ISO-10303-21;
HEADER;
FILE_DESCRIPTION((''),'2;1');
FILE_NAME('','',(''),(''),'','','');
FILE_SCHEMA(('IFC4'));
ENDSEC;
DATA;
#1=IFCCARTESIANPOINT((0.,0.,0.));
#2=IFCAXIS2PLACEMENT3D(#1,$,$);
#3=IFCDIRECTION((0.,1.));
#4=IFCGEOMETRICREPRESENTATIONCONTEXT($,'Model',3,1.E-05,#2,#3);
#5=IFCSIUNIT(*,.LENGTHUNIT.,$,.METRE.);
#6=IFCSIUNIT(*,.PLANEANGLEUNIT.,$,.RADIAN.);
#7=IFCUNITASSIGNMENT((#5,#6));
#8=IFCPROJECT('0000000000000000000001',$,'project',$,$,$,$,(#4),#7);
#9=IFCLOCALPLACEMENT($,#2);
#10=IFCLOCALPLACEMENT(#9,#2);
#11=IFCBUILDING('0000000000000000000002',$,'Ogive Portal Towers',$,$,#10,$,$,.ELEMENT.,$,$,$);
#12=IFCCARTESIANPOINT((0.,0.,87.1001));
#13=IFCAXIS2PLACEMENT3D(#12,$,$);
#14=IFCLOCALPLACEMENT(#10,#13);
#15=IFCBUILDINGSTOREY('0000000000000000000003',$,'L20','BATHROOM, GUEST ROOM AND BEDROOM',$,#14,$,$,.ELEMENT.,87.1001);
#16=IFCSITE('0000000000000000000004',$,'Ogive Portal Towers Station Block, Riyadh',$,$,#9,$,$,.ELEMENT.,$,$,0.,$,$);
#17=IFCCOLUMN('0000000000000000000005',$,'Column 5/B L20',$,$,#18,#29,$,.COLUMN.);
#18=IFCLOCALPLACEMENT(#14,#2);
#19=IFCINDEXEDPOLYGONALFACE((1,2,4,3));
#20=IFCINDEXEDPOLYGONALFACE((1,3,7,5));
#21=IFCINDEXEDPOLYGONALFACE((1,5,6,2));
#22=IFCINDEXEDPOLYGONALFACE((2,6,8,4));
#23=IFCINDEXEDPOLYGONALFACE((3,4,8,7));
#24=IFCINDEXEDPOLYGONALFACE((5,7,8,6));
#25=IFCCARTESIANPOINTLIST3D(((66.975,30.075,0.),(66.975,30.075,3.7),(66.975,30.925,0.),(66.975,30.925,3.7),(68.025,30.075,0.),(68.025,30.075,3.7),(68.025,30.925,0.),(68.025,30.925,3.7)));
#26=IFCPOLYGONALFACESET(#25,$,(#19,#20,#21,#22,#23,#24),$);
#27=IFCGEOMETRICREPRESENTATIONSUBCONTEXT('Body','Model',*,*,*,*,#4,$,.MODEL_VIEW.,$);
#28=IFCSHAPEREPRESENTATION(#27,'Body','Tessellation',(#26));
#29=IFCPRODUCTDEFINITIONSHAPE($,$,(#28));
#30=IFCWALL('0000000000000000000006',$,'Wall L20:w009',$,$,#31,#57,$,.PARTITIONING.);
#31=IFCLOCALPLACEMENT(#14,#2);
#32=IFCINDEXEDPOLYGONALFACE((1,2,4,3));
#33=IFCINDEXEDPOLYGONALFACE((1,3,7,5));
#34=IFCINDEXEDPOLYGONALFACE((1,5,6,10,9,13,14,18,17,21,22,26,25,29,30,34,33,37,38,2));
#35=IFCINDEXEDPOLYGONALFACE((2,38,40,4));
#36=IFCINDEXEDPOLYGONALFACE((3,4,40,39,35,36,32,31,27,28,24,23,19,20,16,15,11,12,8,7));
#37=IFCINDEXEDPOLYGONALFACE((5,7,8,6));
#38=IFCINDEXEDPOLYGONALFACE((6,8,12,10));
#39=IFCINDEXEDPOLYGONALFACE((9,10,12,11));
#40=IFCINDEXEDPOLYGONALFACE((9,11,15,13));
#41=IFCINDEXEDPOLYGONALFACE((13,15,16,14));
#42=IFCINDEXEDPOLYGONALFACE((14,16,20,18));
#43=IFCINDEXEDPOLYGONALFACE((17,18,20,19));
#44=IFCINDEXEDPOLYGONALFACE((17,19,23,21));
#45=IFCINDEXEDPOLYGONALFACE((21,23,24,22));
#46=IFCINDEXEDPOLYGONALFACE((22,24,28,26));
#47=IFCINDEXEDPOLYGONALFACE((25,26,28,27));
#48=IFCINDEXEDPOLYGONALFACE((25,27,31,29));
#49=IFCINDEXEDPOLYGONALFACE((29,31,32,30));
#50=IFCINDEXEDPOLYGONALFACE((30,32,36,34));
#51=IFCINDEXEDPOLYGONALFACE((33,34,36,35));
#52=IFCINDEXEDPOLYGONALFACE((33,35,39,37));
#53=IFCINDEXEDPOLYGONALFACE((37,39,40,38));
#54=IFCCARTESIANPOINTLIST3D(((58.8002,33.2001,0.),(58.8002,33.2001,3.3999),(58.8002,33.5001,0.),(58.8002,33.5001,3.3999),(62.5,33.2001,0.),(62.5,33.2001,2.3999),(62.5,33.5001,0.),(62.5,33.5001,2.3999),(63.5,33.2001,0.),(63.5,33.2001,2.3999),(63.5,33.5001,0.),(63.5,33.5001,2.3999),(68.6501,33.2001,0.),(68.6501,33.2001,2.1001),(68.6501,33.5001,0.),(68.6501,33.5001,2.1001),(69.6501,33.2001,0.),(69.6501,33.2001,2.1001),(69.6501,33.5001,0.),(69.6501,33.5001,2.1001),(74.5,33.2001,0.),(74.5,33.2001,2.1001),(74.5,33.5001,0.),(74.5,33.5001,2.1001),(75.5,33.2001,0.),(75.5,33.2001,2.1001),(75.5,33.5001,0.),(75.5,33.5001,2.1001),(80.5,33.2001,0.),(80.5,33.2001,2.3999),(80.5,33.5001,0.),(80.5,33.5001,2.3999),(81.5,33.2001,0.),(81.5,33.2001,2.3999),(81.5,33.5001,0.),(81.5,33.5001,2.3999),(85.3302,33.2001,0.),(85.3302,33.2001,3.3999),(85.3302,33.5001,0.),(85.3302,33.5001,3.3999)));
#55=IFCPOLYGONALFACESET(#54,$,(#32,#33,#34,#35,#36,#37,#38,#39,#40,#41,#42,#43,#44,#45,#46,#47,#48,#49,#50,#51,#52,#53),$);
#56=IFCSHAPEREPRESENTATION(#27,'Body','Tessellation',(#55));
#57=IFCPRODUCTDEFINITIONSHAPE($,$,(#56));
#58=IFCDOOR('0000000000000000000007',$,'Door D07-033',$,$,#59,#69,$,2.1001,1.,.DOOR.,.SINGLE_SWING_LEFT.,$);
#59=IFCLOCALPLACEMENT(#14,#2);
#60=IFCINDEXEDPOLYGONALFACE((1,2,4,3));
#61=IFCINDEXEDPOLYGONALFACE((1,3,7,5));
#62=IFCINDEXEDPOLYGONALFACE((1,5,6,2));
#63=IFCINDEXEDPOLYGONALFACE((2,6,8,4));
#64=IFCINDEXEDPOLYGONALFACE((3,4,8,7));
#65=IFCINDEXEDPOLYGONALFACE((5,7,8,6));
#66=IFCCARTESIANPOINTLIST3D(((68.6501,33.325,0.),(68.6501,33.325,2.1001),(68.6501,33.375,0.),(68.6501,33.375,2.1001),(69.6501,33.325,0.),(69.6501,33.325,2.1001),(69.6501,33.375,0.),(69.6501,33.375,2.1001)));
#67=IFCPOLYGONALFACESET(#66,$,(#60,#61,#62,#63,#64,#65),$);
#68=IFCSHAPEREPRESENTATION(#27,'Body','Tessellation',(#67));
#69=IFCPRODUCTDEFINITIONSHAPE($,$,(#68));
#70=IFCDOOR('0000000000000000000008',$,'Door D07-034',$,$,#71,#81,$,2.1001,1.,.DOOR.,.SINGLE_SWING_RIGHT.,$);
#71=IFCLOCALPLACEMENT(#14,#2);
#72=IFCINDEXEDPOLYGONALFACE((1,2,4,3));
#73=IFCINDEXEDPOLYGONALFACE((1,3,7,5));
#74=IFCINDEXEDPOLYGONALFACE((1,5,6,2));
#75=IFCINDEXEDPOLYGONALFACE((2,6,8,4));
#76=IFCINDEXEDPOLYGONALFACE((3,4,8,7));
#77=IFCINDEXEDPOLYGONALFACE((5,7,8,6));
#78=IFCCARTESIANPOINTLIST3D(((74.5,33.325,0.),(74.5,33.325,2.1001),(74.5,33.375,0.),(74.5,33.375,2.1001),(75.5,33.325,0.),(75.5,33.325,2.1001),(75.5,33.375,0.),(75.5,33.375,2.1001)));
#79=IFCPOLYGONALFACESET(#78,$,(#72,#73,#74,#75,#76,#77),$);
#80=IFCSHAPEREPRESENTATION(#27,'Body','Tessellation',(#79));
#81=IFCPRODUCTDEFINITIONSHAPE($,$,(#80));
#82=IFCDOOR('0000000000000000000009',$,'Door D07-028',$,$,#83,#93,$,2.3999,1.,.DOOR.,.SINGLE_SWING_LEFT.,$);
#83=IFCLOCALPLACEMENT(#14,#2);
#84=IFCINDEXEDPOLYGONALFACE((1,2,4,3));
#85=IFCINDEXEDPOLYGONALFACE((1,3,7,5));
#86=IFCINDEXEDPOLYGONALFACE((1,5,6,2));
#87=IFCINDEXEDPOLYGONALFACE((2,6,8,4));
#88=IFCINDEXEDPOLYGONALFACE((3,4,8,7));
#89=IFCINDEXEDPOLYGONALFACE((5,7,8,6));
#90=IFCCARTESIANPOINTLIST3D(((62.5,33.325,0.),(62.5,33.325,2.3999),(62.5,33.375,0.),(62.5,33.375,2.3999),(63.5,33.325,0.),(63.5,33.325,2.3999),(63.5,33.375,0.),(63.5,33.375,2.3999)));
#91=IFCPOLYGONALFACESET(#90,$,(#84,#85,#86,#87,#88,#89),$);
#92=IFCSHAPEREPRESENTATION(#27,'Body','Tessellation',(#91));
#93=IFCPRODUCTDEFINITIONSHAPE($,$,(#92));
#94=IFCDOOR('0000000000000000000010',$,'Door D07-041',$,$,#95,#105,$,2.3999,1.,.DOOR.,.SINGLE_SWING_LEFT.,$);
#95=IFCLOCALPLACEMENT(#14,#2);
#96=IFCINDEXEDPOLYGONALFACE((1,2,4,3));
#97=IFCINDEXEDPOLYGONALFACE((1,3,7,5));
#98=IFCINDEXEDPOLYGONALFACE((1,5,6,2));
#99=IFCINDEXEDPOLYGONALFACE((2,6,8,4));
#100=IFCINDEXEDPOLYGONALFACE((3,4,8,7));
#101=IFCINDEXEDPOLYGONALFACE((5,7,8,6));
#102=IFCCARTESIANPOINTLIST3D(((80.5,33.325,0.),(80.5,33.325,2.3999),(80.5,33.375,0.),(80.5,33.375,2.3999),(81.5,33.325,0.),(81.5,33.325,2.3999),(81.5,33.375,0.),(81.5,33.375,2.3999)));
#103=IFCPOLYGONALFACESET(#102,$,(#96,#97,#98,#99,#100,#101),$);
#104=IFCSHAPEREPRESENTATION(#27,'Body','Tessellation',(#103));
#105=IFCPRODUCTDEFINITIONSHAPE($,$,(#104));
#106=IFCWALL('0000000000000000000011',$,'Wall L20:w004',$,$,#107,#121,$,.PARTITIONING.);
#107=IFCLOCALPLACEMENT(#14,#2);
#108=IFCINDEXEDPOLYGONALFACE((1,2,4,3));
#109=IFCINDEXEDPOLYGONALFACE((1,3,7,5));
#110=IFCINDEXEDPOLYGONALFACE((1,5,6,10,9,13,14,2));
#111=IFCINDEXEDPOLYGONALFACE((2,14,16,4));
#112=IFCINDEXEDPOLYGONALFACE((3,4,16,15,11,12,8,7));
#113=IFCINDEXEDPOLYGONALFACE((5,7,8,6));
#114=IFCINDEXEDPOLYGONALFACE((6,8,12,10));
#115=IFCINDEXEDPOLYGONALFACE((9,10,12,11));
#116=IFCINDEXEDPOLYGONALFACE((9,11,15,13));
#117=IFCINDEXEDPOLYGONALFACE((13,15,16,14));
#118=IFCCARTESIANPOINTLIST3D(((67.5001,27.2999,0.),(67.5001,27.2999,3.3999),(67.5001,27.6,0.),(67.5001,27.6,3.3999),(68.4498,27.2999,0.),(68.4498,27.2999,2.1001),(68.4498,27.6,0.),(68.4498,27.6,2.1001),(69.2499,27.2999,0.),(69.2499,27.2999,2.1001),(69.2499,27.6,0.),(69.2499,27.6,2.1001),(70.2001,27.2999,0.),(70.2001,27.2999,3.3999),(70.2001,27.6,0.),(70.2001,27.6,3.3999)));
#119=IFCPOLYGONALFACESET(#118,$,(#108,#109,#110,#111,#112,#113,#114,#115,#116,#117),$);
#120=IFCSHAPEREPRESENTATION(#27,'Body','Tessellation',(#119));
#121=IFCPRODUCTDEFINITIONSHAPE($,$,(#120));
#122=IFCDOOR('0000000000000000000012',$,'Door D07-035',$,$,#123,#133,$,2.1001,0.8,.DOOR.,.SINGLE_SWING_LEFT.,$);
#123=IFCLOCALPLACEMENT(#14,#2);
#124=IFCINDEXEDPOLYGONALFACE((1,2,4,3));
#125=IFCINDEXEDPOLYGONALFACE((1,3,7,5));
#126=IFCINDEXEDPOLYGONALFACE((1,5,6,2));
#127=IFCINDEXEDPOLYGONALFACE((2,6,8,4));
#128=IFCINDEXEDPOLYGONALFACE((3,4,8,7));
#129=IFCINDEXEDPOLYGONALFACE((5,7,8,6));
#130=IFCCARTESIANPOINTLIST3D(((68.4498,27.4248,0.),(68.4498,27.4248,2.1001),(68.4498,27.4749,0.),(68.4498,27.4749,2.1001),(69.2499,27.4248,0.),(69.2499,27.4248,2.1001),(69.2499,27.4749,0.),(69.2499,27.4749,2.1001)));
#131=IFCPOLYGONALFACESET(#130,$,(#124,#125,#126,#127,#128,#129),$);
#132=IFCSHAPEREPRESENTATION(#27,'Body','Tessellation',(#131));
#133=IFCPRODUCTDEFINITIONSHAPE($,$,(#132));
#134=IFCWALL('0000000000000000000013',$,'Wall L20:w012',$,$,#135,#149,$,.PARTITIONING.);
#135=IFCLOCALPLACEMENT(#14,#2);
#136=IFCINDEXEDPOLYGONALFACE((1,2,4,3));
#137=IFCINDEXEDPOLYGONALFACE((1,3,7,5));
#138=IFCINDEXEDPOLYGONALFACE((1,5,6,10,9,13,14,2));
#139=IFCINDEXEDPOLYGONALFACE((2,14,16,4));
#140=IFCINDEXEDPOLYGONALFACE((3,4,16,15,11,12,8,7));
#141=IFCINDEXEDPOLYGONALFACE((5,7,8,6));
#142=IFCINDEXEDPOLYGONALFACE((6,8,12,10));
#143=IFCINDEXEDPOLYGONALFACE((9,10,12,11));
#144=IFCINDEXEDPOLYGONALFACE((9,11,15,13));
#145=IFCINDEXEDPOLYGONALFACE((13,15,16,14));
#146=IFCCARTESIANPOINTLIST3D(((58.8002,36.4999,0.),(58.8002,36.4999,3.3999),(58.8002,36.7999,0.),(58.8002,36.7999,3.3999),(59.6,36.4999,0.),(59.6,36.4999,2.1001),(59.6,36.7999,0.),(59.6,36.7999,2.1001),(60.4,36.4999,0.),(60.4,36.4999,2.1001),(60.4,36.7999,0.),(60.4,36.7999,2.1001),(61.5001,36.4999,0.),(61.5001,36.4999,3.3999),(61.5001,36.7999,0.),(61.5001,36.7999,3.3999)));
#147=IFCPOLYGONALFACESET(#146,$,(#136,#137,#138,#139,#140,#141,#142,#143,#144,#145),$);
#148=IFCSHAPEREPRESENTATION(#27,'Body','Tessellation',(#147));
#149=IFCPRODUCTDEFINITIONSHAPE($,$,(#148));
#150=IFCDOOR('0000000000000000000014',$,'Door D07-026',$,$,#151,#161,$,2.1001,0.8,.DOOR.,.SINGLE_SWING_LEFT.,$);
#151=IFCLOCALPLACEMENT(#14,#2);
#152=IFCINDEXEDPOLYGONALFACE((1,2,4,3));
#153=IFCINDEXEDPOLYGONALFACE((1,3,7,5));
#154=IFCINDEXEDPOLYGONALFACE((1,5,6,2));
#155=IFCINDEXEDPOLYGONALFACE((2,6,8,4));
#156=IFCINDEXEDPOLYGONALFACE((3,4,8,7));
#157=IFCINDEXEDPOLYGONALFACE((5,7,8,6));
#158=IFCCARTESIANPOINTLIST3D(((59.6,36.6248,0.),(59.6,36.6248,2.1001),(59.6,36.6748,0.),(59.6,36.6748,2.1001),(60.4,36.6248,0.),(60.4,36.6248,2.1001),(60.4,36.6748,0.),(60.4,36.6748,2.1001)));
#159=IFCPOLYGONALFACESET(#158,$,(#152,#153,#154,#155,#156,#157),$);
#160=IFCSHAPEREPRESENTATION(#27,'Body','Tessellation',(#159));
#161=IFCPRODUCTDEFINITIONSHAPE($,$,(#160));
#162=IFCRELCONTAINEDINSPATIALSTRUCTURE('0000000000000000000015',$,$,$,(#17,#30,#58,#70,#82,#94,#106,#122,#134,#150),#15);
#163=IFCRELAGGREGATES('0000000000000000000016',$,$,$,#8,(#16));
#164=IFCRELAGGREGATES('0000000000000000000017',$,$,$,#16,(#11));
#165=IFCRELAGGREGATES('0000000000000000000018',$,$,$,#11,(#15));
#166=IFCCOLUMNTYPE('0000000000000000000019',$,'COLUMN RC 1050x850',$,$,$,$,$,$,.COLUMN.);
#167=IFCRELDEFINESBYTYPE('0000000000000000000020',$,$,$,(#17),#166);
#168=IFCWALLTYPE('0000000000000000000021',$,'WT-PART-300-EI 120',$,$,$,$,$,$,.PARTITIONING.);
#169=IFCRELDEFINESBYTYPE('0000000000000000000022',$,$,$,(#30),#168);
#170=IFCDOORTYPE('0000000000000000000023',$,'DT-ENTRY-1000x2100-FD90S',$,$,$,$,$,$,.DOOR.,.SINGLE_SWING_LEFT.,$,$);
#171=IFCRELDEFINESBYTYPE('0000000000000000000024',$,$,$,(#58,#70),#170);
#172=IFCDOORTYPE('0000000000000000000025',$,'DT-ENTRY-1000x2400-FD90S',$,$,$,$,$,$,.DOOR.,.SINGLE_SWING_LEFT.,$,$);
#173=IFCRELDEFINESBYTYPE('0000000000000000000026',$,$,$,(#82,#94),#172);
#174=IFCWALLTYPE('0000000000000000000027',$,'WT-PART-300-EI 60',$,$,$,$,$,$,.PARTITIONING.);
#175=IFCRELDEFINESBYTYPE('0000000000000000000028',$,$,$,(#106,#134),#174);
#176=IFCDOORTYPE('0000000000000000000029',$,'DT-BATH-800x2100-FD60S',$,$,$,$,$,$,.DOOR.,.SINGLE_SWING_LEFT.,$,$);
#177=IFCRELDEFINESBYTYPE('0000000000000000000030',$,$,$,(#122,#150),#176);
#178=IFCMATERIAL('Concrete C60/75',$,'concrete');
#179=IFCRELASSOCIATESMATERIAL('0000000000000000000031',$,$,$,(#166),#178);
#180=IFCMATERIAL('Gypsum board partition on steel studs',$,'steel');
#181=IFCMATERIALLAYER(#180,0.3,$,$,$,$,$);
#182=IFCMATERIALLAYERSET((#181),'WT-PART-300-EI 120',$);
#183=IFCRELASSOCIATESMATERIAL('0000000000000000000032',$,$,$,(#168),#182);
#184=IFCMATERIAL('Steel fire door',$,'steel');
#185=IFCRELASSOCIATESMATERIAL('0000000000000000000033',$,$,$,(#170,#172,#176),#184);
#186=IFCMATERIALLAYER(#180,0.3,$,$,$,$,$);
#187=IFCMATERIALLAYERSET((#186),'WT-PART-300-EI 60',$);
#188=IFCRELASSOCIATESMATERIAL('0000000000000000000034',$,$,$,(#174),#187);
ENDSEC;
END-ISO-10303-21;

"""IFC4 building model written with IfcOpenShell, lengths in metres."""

from ifc_helpers import new_model, si_unit, direction, frame, frame_2d, origin, origin_2d, place, context, subcontext, project, spatial, rectangle, extrude, material, layer, layer_set, material_profile, profile_set, type_object, element, fill, save


model = new_model("IFC4")

# Units and contexts
model_context = context("Model", 3, precision=1e-05, world=origin(), true_north=direction((0.0, 1.0)))
body_context = subcontext(model_context, "Body", "Model", "MODEL_VIEW")
ifc_project = project(units=[si_unit("LENGTHUNIT", "METRE"), si_unit("PLANEANGLEUNIT", "RADIAN")], contexts=[model_context])

# Site, building, storey
site_placement = place(None, origin())
site = spatial("IfcSite", under=ifc_project, at=site_placement, Name="Ogive Portal Towers Station Block, Riyadh", CompositionType="ELEMENT", RefElevation=0.0)
building_placement = place(site_placement, origin())
building = spatial("IfcBuilding", under=site, at=building_placement, Name="Ogive Portal Towers", CompositionType="ELEMENT")
storey_placement = place(building_placement, frame((0.0, 0.0, 87.1001)))
storey = spatial("IfcBuildingStorey", under=building, at=storey_placement, Name="L20", Description="BATHROOM, GUEST ROOM AND BEDROOM", CompositionType="ELEMENT", Elevation=87.1001)

# Column
ifc_material_1 = material(Name="Concrete C60/75", Category="concrete")
ifc_material_profile = material_profile(ifc_material_1, rectangle(XDim=1.05, YDim=0.8501, at=origin_2d()), Name="RC 1050x850")
ifc_profile_set = profile_set([ifc_material_profile], Name="Concrete C60/75")
column_type = type_object("IfcColumnType", Name="COLUMN RC 1050x850", PredefinedType="COLUMN", material=ifc_profile_set)
column_placement = place(storey_placement, frame((67.5, 30.5, 0.0), z_axis=(0.0, 0.0, 1.0), x_axis=(1.0, 0.0, 0.0)))
element("IfcColumn", 1, at=column_placement, inside=storey, type_object=column_type, Name="Column 5/B L20", PredefinedType="COLUMN", context=body_context, shape_type="SweptSolid", body=[
    extrude(rectangle(XDim=1.05, YDim=0.8501, at=origin_2d()), origin(), (0.0, 0.0, 1.0), 3.7),
])

# Wall, openings, doors
ifc_material_2 = material(Name="Gypsum board partition on steel studs", Category="steel")
ifc_layer_1 = layer(ifc_material_2, 0.3)
ifc_layer_set_1 = layer_set([ifc_layer_1], Name="WT-PART-300-EI 120")
wall_type_1 = type_object("IfcWallType", Name="WT-PART-300-EI 120", PredefinedType="PARTITIONING", material=ifc_layer_set_1)
wall_1_placement = place(storey_placement, frame((58.8, 33.3501, 0.0), z_axis=(0.0, 0.0, 1.0), x_axis=(1.0, 0.0, 0.0)))
wall_1 = element("IfcWall", 2, at=wall_1_placement, inside=storey, type_object=wall_type_1, Name="Wall L20:w009", PredefinedType="PARTITIONING", context=body_context, shape_type="SweptSolid", body=[
    extrude(rectangle(XDim=26.53, YDim=0.3, at=frame_2d((13.2651, 0.0))), origin(), (0.0, 0.0, 1.0), 3.3999),
])
opening_1_placement = place(wall_1_placement, frame((3.7, 0.0, 0.0)))
opening_1 = element("IfcOpeningElement", 3, at=opening_1_placement, cuts=wall_1, PredefinedType="OPENING", context=body_context, shape_type="SweptSolid", body=[
    extrude(rectangle(XDim=1.0, YDim=2.3999, at=frame_2d((0.5, 1.2))), frame((0.0, 0.1602, 0.0), z_axis=(0.0, -1.0, 0.0), x_axis=(1.0, 0.0, 0.0)), (0.0, 0.0, 1.0), 0.3201),
])
opening_2_placement = place(wall_1_placement, frame((9.8501, 0.0, 0.0)))
opening_2 = element("IfcOpeningElement", 4, at=opening_2_placement, cuts=wall_1, PredefinedType="OPENING", context=body_context, shape_type="SweptSolid", body=[
    extrude(rectangle(XDim=1.0, YDim=2.1001, at=frame_2d((0.5, 1.05))), frame((0.0, 0.1602, 0.0), z_axis=(0.0, -1.0, 0.0), x_axis=(1.0, 0.0, 0.0)), (0.0, 0.0, 1.0), 0.3201),
])
opening_3_placement = place(wall_1_placement, frame((15.7, 0.0, 0.0)))
opening_3 = element("IfcOpeningElement", 5, at=opening_3_placement, cuts=wall_1, PredefinedType="OPENING", context=body_context, shape_type="SweptSolid", body=[
    extrude(rectangle(XDim=1.0, YDim=2.1001, at=frame_2d((0.5, 1.05))), frame((0.0, 0.1602, 0.0), z_axis=(0.0, -1.0, 0.0), x_axis=(1.0, 0.0, 0.0)), (0.0, 0.0, 1.0), 0.3201),
])
opening_4_placement = place(wall_1_placement, frame((21.7, 0.0, 0.0)))
opening_4 = element("IfcOpeningElement", 6, at=opening_4_placement, cuts=wall_1, PredefinedType="OPENING", context=body_context, shape_type="SweptSolid", body=[
    extrude(rectangle(XDim=1.0, YDim=2.3999, at=frame_2d((0.5, 1.2))), frame((0.0, 0.1602, 0.0), z_axis=(0.0, -1.0, 0.0), x_axis=(1.0, 0.0, 0.0)), (0.0, 0.0, 1.0), 0.3201),
])
ifc_material_3 = material(Name="Steel fire door", Category="steel")
door_type_1 = type_object("IfcDoorType", Name="DT-ENTRY-1000x2100-FD90S", OperationType="SINGLE_SWING_LEFT", PredefinedType="DOOR", material=ifc_material_3)
door_1_placement = place(opening_2_placement, origin())
door_1 = element("IfcDoor", 7, at=door_1_placement, inside=storey, type_object=door_type_1, Name="Door D07-033", OperationType="SINGLE_SWING_LEFT", OverallHeight=2.1001, OverallWidth=1.0, PredefinedType="DOOR", context=body_context, shape_type="SweptSolid", body=[
    extrude(rectangle(XDim=1.0, YDim=2.1001, at=frame_2d((0.5, 1.05))), frame((0.0, 0.0249, 0.0), z_axis=(0.0, -1.0, 0.0), x_axis=(1.0, 0.0, 0.0)), (0.0, 0.0, 1.0), 0.05),
])
fill(opening_2, door_1)
door_2_placement = place(opening_3_placement, origin())
door_2 = element("IfcDoor", 8, at=door_2_placement, inside=storey, type_object=door_type_1, Name="Door D07-034", OperationType="SINGLE_SWING_RIGHT", OverallHeight=2.1001, OverallWidth=1.0, PredefinedType="DOOR", context=body_context, shape_type="SweptSolid", body=[
    extrude(rectangle(XDim=1.0, YDim=2.1001, at=frame_2d((0.5, 1.05))), frame((0.0, 0.0249, 0.0), z_axis=(0.0, -1.0, 0.0), x_axis=(1.0, 0.0, 0.0)), (0.0, 0.0, 1.0), 0.05),
])
fill(opening_3, door_2)
door_type_2 = type_object("IfcDoorType", Name="DT-ENTRY-1000x2400-FD90S", OperationType="SINGLE_SWING_LEFT", PredefinedType="DOOR", material=ifc_material_3)
door_3_placement = place(opening_1_placement, origin())
door_3 = element("IfcDoor", 9, at=door_3_placement, inside=storey, type_object=door_type_2, Name="Door D07-028", OperationType="SINGLE_SWING_LEFT", OverallHeight=2.3999, OverallWidth=1.0, PredefinedType="DOOR", context=body_context, shape_type="SweptSolid", body=[
    extrude(rectangle(XDim=1.0, YDim=2.3999, at=frame_2d((0.5, 1.2))), frame((0.0, 0.0249, 0.0), z_axis=(0.0, -1.0, 0.0), x_axis=(1.0, 0.0, 0.0)), (0.0, 0.0, 1.0), 0.05),
])
fill(opening_1, door_3)
door_4_placement = place(opening_4_placement, origin())
door_4 = element("IfcDoor", 10, at=door_4_placement, inside=storey, type_object=door_type_2, Name="Door D07-041", OperationType="SINGLE_SWING_LEFT", OverallHeight=2.3999, OverallWidth=1.0, PredefinedType="DOOR", context=body_context, shape_type="SweptSolid", body=[
    extrude(rectangle(XDim=1.0, YDim=2.3999, at=frame_2d((0.5, 1.2))), frame((0.0, 0.0249, 0.0), z_axis=(0.0, -1.0, 0.0), x_axis=(1.0, 0.0, 0.0)), (0.0, 0.0, 1.0), 0.05),
])
fill(opening_4, door_4)

# Walls, openings, doors
ifc_layer_2 = layer(ifc_material_2, 0.3)
ifc_layer_set_2 = layer_set([ifc_layer_2], Name="WT-PART-300-EI 60")
wall_type_2 = type_object("IfcWallType", Name="WT-PART-300-EI 60", PredefinedType="PARTITIONING", material=ifc_layer_set_2)
wall_2_placement = place(storey_placement, frame((67.5, 27.45, 0.0), z_axis=(0.0, 0.0, 1.0), x_axis=(1.0, 0.0, 0.0)))
wall_2 = element("IfcWall", 11, at=wall_2_placement, inside=storey, type_object=wall_type_2, Name="Wall L20:w004", PredefinedType="PARTITIONING", context=body_context, shape_type="SweptSolid", body=[
    extrude(rectangle(XDim=2.7, YDim=0.3, at=frame_2d((1.3501, 0.0))), origin(), (0.0, 0.0, 1.0), 3.3999),
])
opening_5_placement = place(wall_2_placement, frame((0.95, 0.0, 0.0)))
opening_5 = element("IfcOpeningElement", 12, at=opening_5_placement, cuts=wall_2, PredefinedType="OPENING", context=body_context, shape_type="SweptSolid", body=[
    extrude(rectangle(XDim=0.8, YDim=2.1001, at=frame_2d((0.3999, 1.05))), frame((0.0, 0.1602, 0.0), z_axis=(0.0, -1.0, 0.0), x_axis=(1.0, 0.0, 0.0)), (0.0, 0.0, 1.0), 0.3201),
])
door_type_3 = type_object("IfcDoorType", Name="DT-BATH-800x2100-FD60S", OperationType="SINGLE_SWING_LEFT", PredefinedType="DOOR", material=ifc_material_3)
door_5_placement = place(opening_5_placement, origin())
door_5 = element("IfcDoor", 13, at=door_5_placement, inside=storey, type_object=door_type_3, Name="Door D07-035", OperationType="SINGLE_SWING_LEFT", OverallHeight=2.1001, OverallWidth=0.8, PredefinedType="DOOR", context=body_context, shape_type="SweptSolid", body=[
    extrude(rectangle(XDim=0.8, YDim=2.1001, at=frame_2d((0.3999, 1.05))), frame((0.0, 0.0249, 0.0), z_axis=(0.0, -1.0, 0.0), x_axis=(1.0, 0.0, 0.0)), (0.0, 0.0, 1.0), 0.05),
])
fill(opening_5, door_5)
wall_3_placement = place(storey_placement, frame((58.8, 36.6499, 0.0), z_axis=(0.0, 0.0, 1.0), x_axis=(1.0, 0.0, 0.0)))
wall_3 = element("IfcWall", 14, at=wall_3_placement, inside=storey, type_object=wall_type_2, Name="Wall L20:w012", PredefinedType="PARTITIONING", context=body_context, shape_type="SweptSolid", body=[
    extrude(rectangle(XDim=2.7, YDim=0.3, at=frame_2d((1.3501, 0.0))), origin(), (0.0, 0.0, 1.0), 3.3999),
])
opening_6_placement = place(wall_3_placement, frame((0.8, 0.0, 0.0)))
opening_6 = element("IfcOpeningElement", 15, at=opening_6_placement, cuts=wall_3, PredefinedType="OPENING", context=body_context, shape_type="SweptSolid", body=[
    extrude(rectangle(XDim=0.8, YDim=2.1001, at=frame_2d((0.3999, 1.05))), frame((0.0, 0.1602, 0.0), z_axis=(0.0, -1.0, 0.0), x_axis=(1.0, 0.0, 0.0)), (0.0, 0.0, 1.0), 0.3201),
])
door_6_placement = place(opening_6_placement, origin())
door_6 = element("IfcDoor", 16, at=door_6_placement, inside=storey, type_object=door_type_3, Name="Door D07-026", OperationType="SINGLE_SWING_LEFT", OverallHeight=2.1001, OverallWidth=0.8, PredefinedType="DOOR", context=body_context, shape_type="SweptSolid", body=[
    extrude(rectangle(XDim=0.8, YDim=2.1001, at=frame_2d((0.3999, 1.05))), frame((0.0, 0.0249, 0.0), z_axis=(0.0, -1.0, 0.0), x_axis=(1.0, 0.0, 0.0)), (0.0, 0.0, 1.0), 0.05),
])
fill(opening_6, door_6)

save(model, "model.ifc")
